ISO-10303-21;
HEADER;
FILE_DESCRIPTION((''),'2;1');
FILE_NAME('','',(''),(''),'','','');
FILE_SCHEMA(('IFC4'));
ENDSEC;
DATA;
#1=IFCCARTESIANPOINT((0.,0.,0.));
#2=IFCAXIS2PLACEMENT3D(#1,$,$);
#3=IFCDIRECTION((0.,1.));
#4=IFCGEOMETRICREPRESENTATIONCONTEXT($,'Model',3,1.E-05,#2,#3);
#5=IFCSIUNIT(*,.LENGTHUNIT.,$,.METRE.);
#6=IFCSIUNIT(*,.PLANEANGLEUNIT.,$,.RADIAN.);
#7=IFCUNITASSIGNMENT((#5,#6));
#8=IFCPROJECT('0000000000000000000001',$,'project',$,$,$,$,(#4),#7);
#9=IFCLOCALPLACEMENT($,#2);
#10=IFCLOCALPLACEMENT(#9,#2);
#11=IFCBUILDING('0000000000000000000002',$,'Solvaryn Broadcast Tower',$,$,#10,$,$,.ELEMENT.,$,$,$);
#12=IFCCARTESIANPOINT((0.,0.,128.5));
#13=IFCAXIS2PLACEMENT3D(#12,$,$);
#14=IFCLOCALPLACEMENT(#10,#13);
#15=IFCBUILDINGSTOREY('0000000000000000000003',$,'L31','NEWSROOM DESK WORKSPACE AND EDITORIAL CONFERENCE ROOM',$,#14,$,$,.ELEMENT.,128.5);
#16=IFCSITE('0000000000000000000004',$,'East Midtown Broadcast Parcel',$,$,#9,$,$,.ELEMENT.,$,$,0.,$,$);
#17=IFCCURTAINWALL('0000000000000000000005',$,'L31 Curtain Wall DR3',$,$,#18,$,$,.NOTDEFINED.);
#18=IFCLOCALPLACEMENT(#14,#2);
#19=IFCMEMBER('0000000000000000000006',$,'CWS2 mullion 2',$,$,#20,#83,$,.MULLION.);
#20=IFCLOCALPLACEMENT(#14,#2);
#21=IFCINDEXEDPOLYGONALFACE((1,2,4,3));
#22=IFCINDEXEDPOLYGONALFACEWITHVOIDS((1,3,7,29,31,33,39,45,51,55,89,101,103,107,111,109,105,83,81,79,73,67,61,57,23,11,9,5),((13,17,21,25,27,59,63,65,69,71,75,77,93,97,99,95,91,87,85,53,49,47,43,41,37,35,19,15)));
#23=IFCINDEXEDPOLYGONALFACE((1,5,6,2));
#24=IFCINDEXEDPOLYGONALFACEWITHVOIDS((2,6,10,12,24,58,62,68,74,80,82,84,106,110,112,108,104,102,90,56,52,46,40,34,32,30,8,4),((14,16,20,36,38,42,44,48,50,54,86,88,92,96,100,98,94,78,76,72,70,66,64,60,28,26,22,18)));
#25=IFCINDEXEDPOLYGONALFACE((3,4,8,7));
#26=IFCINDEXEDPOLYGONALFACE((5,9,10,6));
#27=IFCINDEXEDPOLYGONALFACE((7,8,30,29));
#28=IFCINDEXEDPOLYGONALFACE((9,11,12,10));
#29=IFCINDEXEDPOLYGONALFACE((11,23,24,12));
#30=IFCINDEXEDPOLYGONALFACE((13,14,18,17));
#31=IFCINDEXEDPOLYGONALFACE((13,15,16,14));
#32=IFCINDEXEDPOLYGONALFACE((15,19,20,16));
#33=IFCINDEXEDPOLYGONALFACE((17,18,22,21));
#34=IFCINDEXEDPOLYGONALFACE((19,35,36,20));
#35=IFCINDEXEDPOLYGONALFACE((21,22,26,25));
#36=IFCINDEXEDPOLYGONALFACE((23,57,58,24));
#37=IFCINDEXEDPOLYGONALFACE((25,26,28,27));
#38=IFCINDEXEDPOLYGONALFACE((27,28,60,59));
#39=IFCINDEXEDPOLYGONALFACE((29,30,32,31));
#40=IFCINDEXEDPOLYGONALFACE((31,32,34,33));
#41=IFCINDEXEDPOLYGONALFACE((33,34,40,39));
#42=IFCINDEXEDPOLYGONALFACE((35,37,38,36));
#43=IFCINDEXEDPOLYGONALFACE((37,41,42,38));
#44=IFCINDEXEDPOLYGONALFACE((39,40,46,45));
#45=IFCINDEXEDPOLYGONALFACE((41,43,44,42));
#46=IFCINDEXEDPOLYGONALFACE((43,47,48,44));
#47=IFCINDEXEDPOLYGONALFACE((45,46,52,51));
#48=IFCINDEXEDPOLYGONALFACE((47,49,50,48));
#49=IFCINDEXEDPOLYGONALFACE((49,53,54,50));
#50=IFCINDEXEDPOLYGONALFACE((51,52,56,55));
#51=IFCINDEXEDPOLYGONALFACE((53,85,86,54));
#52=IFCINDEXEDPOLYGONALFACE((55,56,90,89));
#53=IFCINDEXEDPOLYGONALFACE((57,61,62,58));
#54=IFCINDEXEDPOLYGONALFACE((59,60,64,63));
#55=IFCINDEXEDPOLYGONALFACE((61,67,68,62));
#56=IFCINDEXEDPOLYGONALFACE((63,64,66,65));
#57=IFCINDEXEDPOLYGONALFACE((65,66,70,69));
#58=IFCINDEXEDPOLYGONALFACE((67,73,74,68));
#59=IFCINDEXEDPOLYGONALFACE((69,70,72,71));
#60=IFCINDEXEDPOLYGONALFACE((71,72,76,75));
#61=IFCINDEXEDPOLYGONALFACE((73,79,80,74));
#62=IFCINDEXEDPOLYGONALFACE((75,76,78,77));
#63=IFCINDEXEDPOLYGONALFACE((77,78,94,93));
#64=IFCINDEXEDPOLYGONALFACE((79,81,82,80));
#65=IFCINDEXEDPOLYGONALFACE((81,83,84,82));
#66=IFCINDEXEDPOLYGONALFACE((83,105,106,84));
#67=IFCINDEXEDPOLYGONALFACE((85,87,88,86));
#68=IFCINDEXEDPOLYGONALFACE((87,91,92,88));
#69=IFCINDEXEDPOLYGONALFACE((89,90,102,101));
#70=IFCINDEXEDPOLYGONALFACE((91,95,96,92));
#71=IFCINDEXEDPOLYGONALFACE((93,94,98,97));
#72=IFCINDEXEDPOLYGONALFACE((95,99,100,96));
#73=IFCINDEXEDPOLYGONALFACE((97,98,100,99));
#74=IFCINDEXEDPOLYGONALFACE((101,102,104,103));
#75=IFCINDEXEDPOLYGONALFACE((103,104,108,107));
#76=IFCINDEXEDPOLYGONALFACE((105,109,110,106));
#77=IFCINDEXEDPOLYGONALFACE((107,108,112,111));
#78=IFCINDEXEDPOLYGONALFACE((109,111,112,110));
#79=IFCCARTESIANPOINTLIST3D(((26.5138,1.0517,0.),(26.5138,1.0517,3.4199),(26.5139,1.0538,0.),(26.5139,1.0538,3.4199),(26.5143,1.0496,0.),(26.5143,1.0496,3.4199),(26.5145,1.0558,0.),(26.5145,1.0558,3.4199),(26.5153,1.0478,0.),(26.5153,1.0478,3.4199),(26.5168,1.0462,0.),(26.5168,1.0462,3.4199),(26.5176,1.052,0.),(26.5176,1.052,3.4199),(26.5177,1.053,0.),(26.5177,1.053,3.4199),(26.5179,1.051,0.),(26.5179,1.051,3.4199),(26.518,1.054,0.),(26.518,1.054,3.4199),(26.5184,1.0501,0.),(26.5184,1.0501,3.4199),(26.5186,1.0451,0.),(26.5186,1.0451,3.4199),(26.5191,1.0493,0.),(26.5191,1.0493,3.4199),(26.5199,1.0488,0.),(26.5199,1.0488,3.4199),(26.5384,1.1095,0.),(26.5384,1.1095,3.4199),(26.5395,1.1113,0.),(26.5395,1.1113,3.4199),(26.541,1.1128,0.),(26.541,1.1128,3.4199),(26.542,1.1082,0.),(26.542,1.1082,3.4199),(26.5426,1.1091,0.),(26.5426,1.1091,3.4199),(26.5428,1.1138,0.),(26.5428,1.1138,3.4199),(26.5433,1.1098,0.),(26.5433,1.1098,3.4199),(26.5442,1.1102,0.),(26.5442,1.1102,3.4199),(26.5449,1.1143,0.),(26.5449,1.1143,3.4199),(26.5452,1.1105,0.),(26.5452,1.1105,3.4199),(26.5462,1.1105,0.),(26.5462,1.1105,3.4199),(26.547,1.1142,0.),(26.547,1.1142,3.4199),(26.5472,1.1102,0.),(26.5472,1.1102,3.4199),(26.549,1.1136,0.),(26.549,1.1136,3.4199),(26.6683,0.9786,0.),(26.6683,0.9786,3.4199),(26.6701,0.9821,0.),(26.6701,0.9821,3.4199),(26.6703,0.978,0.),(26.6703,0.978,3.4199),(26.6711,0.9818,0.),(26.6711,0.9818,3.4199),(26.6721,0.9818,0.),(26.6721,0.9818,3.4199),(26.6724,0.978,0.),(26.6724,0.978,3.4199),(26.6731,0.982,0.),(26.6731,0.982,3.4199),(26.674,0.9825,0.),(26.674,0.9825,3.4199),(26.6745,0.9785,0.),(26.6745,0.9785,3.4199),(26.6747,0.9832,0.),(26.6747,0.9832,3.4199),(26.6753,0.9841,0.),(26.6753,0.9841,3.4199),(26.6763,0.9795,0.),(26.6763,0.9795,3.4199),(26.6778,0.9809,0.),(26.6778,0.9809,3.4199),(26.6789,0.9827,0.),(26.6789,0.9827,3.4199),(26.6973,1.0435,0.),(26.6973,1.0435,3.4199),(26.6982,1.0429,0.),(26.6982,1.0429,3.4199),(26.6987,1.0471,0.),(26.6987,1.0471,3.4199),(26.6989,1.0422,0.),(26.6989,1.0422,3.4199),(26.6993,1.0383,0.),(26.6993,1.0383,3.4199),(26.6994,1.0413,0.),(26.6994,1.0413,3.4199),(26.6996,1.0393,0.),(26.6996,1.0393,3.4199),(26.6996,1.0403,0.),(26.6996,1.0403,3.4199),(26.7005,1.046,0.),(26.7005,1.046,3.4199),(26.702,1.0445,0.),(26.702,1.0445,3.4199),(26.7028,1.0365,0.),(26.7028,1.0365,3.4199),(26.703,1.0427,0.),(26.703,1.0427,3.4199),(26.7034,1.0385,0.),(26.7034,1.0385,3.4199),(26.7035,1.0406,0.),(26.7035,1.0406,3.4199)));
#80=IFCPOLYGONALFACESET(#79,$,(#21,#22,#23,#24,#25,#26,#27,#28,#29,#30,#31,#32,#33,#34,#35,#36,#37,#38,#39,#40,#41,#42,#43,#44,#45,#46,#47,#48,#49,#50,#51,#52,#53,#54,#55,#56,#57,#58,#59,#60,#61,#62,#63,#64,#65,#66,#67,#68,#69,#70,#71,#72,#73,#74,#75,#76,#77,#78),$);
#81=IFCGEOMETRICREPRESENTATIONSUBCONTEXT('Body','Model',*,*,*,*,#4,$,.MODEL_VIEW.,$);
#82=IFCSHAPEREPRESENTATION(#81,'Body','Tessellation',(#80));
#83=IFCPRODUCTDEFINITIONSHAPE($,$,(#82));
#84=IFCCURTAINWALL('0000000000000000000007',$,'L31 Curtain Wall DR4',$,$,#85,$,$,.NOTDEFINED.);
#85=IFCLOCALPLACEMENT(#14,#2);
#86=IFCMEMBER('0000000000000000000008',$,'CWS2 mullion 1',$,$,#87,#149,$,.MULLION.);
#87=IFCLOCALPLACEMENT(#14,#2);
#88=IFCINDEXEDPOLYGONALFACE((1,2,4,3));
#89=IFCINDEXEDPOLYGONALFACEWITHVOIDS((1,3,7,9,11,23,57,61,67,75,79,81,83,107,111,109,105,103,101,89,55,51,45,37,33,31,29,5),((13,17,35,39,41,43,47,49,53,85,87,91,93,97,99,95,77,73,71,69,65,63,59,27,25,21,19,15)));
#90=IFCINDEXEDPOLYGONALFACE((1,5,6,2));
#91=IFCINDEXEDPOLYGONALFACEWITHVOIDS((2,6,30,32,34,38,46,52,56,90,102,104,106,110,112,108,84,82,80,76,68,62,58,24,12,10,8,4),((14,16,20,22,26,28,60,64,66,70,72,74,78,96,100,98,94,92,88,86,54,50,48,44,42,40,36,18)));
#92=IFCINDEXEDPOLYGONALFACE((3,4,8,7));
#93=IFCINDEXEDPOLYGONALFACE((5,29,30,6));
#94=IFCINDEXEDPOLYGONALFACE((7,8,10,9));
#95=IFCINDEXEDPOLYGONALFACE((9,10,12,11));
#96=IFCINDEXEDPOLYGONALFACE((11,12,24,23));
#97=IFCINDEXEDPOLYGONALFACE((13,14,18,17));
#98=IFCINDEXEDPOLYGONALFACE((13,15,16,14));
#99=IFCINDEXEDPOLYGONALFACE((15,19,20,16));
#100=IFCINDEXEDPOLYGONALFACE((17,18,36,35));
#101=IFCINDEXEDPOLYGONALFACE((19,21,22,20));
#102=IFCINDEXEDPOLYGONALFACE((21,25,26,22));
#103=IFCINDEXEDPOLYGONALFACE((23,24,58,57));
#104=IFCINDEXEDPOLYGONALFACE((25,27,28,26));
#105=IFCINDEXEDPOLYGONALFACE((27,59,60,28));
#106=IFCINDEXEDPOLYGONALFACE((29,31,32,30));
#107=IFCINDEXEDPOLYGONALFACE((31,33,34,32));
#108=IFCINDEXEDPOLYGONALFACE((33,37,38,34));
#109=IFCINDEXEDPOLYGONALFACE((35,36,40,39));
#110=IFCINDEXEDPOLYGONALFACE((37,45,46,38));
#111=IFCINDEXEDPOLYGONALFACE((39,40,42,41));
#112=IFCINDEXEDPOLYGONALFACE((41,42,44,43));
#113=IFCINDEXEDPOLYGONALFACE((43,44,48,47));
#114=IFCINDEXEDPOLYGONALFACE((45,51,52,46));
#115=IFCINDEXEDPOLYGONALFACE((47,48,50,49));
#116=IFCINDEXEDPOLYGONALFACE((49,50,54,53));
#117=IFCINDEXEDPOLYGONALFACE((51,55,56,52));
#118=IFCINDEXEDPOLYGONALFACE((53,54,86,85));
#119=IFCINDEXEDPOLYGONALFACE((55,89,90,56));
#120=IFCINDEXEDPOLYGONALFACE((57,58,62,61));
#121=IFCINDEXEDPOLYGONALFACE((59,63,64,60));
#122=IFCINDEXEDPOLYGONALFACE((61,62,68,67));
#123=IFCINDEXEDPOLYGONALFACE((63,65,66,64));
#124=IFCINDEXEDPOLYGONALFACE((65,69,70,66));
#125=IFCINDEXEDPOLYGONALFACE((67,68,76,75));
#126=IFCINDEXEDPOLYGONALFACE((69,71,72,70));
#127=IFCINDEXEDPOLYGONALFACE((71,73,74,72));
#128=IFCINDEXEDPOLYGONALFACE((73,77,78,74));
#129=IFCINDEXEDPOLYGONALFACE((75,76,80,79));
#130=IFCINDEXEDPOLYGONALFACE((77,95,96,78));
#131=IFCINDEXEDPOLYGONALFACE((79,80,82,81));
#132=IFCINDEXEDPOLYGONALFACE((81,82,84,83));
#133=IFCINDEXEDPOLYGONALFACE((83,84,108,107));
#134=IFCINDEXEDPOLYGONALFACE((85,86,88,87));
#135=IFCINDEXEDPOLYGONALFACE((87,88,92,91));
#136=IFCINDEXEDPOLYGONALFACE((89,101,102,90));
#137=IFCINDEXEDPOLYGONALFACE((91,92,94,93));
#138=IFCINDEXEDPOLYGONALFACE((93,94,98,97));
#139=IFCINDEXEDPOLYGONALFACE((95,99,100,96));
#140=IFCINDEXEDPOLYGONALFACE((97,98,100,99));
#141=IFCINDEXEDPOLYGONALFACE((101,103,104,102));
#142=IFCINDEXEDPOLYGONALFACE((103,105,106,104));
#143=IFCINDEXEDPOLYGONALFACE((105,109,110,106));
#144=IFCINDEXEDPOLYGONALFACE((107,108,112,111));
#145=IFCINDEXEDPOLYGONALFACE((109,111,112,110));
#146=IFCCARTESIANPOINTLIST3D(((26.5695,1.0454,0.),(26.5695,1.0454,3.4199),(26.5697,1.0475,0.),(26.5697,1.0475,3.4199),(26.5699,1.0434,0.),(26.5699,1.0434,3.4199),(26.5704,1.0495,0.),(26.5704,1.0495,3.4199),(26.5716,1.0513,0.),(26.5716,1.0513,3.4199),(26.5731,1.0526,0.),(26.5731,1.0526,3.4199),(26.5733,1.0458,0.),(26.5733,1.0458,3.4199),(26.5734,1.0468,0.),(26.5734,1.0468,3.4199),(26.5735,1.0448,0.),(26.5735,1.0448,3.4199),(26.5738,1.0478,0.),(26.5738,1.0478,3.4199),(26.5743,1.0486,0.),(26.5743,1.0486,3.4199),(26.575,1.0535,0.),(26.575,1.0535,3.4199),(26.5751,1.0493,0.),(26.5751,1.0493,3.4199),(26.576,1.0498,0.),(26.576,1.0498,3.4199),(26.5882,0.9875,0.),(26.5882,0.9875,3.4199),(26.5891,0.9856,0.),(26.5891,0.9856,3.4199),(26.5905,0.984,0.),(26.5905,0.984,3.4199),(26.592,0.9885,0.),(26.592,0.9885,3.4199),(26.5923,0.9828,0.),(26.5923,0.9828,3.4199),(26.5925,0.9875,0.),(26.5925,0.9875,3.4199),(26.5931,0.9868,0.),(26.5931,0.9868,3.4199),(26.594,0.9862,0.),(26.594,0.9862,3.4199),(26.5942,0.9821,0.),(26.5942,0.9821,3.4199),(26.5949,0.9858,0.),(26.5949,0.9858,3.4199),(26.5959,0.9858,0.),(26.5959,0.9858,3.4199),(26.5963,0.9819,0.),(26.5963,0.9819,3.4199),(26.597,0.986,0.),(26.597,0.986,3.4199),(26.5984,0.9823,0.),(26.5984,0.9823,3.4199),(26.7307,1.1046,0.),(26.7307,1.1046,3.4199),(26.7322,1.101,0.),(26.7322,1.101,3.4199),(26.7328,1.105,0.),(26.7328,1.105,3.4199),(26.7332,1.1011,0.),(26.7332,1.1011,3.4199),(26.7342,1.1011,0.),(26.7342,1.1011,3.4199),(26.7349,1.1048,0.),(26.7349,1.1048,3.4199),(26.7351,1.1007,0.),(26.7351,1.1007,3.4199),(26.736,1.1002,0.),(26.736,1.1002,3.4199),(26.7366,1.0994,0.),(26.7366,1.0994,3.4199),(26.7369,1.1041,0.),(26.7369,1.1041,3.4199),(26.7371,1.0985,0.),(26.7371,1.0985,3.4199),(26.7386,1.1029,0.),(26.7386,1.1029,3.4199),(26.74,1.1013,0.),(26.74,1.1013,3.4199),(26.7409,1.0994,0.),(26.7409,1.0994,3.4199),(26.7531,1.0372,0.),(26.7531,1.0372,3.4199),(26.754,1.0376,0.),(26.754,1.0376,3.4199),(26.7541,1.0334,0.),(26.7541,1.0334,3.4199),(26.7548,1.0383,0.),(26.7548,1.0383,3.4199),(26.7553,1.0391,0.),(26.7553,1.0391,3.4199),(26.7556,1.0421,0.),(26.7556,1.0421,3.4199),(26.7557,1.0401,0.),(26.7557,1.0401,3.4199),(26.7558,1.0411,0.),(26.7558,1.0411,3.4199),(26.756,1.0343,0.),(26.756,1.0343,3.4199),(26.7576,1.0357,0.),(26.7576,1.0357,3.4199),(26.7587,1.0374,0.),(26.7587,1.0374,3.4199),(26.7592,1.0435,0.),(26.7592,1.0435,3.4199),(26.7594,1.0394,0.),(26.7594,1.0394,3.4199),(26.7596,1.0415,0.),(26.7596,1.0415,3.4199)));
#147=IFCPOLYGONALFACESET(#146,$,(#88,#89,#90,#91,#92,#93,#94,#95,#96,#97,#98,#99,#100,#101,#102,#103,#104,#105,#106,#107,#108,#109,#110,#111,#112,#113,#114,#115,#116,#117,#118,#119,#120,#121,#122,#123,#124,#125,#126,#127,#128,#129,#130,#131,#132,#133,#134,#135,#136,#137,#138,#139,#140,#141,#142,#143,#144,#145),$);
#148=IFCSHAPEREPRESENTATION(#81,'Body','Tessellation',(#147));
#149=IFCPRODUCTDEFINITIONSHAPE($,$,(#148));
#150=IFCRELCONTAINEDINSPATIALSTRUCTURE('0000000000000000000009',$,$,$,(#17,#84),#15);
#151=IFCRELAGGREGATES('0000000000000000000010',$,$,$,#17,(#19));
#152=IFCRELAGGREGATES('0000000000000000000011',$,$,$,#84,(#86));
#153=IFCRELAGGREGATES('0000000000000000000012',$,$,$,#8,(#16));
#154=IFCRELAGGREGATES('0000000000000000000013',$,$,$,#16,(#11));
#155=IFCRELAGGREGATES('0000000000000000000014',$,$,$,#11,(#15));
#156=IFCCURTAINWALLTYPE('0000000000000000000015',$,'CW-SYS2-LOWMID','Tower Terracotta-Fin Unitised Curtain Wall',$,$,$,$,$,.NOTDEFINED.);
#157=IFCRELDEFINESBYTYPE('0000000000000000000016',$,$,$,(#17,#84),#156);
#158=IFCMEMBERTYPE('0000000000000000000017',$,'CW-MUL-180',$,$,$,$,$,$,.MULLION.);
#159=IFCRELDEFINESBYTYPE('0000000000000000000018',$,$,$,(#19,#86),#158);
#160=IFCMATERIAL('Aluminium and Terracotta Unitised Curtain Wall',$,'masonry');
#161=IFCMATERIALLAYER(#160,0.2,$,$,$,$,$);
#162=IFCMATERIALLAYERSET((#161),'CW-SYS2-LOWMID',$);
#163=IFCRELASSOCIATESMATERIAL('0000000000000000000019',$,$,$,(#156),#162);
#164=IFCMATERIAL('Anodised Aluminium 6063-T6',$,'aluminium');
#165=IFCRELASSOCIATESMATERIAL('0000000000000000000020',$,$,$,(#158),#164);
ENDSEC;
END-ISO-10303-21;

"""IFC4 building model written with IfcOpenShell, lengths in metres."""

from ifc_helpers import new_model, si_unit, direction, frame, origin, origin_2d, place, context, subcontext, project, spatial, hollow_rectangle, extrude, material, layer, layer_set, material_profile, profile_set, type_object, element, aggregate, save


model = new_model("IFC4")

# Units and contexts
model_context = context("Model", 3, precision=1e-05, world=origin(), true_north=direction((0.0, 1.0)))
body_context = subcontext(model_context, "Body", "Model", "MODEL_VIEW")
ifc_project = project(units=[si_unit("LENGTHUNIT", "METRE"), si_unit("PLANEANGLEUNIT", "RADIAN")], contexts=[model_context])

# Site, building, storey
site_placement = place(None, origin())
site = spatial("IfcSite", under=ifc_project, at=site_placement, Name="East Midtown Broadcast Parcel", CompositionType="ELEMENT", RefElevation=0.0)
building_placement = place(site_placement, origin())
building = spatial("IfcBuilding", under=site, at=building_placement, Name="Solvaryn Broadcast Tower", CompositionType="ELEMENT")
storey_placement = place(building_placement, frame((0.0, 0.0, 128.5)))
storey = spatial("IfcBuildingStorey", under=building, at=storey_placement, Name="L31", Description="NEWSROOM DESK WORKSPACE AND EDITORIAL CONFERENCE ROOM", CompositionType="ELEMENT", Elevation=128.5)

# Curtain wall, member
ifc_material_1 = material(Name="Aluminium and Terracotta Unitised Curtain Wall", Category="masonry")
ifc_layer_1 = layer(ifc_material_1, 0.2)
ifc_layer_set_1 = layer_set([ifc_layer_1], Name="CW-SYS2-LOWMID")
curtain_wall_type = type_object("IfcCurtainWallType", Name="CW-SYS2-LOWMID", Description="Tower Terracotta-Fin Unitised Curtain Wall", PredefinedType="NOTDEFINED", material=ifc_layer_set_1)
curtain_wall_1_placement = place(storey_placement, origin())
curtain_wall_1 = element("IfcCurtainWall", 1, at=curtain_wall_1_placement, inside=storey, type_object=curtain_wall_type, Name="L31 Curtain Wall DR3", PredefinedType="NOTDEFINED")
ifc_material_2 = material(Name="Anodised Aluminium 6063-T6", Category="aluminium")
ifc_material_profile_1 = material_profile(ifc_material_2, hollow_rectangle(XDim=0.075, YDim=0.1799, WallThickness=0.0039, InnerFilletRadius=0.0039, OuterFilletRadius=0.0081, at=origin_2d()))
ifc_profile_set_1 = profile_set([ifc_material_profile_1], Name="Anodised Aluminium 6063-T6")
member_type_1 = type_object("IfcMemberType", Name="CW-MUL-180", PredefinedType="MULLION", material=ifc_profile_set_1)
member_1_placement = place(storey_placement, frame((26.6086, 1.0461, 0.0), z_axis=(0.0, 0.0, 1.0), x_axis=(0.405918, 0.913909, 0.0)))
member_1 = element("IfcMember", 2, at=member_1_placement, type_object=member_type_1, Name="CWS2 mullion 2", PredefinedType="MULLION", context=body_context, shape_type="SweptSolid", body=[
    extrude(hollow_rectangle(XDim=0.075, YDim=0.1799, WallThickness=0.0039, InnerFilletRadius=0.0039, OuterFilletRadius=0.0081, at=origin_2d()), origin(), (0.0, 0.0, 1.0), 3.4199),
])
aggregate(curtain_wall_1, [member_1])

# Curtain wall, member
curtain_wall_2_placement = place(storey_placement, origin())
curtain_wall_2 = element("IfcCurtainWall", 3, at=curtain_wall_2_placement, inside=storey, type_object=curtain_wall_type, Name="L31 Curtain Wall DR4", PredefinedType="NOTDEFINED")
member_2_placement = place(storey_placement, frame((26.6646, 1.0435, 0.0), z_axis=(0.0, 0.0, 1.0), x_axis=(-0.311646, 0.950198, 0.0)))
member_2 = element("IfcMember", 4, at=member_2_placement, type_object=member_type_1, Name="CWS2 mullion 1", PredefinedType="MULLION", context=body_context, shape_type="SweptSolid", body=[
    extrude(hollow_rectangle(XDim=0.075, YDim=0.1799, WallThickness=0.0039, InnerFilletRadius=0.0039, OuterFilletRadius=0.0081, at=origin_2d()), origin(), (0.0, 0.0, 1.0), 3.4199),
])
aggregate(curtain_wall_2, [member_2])

save(model, "model.ifc")
